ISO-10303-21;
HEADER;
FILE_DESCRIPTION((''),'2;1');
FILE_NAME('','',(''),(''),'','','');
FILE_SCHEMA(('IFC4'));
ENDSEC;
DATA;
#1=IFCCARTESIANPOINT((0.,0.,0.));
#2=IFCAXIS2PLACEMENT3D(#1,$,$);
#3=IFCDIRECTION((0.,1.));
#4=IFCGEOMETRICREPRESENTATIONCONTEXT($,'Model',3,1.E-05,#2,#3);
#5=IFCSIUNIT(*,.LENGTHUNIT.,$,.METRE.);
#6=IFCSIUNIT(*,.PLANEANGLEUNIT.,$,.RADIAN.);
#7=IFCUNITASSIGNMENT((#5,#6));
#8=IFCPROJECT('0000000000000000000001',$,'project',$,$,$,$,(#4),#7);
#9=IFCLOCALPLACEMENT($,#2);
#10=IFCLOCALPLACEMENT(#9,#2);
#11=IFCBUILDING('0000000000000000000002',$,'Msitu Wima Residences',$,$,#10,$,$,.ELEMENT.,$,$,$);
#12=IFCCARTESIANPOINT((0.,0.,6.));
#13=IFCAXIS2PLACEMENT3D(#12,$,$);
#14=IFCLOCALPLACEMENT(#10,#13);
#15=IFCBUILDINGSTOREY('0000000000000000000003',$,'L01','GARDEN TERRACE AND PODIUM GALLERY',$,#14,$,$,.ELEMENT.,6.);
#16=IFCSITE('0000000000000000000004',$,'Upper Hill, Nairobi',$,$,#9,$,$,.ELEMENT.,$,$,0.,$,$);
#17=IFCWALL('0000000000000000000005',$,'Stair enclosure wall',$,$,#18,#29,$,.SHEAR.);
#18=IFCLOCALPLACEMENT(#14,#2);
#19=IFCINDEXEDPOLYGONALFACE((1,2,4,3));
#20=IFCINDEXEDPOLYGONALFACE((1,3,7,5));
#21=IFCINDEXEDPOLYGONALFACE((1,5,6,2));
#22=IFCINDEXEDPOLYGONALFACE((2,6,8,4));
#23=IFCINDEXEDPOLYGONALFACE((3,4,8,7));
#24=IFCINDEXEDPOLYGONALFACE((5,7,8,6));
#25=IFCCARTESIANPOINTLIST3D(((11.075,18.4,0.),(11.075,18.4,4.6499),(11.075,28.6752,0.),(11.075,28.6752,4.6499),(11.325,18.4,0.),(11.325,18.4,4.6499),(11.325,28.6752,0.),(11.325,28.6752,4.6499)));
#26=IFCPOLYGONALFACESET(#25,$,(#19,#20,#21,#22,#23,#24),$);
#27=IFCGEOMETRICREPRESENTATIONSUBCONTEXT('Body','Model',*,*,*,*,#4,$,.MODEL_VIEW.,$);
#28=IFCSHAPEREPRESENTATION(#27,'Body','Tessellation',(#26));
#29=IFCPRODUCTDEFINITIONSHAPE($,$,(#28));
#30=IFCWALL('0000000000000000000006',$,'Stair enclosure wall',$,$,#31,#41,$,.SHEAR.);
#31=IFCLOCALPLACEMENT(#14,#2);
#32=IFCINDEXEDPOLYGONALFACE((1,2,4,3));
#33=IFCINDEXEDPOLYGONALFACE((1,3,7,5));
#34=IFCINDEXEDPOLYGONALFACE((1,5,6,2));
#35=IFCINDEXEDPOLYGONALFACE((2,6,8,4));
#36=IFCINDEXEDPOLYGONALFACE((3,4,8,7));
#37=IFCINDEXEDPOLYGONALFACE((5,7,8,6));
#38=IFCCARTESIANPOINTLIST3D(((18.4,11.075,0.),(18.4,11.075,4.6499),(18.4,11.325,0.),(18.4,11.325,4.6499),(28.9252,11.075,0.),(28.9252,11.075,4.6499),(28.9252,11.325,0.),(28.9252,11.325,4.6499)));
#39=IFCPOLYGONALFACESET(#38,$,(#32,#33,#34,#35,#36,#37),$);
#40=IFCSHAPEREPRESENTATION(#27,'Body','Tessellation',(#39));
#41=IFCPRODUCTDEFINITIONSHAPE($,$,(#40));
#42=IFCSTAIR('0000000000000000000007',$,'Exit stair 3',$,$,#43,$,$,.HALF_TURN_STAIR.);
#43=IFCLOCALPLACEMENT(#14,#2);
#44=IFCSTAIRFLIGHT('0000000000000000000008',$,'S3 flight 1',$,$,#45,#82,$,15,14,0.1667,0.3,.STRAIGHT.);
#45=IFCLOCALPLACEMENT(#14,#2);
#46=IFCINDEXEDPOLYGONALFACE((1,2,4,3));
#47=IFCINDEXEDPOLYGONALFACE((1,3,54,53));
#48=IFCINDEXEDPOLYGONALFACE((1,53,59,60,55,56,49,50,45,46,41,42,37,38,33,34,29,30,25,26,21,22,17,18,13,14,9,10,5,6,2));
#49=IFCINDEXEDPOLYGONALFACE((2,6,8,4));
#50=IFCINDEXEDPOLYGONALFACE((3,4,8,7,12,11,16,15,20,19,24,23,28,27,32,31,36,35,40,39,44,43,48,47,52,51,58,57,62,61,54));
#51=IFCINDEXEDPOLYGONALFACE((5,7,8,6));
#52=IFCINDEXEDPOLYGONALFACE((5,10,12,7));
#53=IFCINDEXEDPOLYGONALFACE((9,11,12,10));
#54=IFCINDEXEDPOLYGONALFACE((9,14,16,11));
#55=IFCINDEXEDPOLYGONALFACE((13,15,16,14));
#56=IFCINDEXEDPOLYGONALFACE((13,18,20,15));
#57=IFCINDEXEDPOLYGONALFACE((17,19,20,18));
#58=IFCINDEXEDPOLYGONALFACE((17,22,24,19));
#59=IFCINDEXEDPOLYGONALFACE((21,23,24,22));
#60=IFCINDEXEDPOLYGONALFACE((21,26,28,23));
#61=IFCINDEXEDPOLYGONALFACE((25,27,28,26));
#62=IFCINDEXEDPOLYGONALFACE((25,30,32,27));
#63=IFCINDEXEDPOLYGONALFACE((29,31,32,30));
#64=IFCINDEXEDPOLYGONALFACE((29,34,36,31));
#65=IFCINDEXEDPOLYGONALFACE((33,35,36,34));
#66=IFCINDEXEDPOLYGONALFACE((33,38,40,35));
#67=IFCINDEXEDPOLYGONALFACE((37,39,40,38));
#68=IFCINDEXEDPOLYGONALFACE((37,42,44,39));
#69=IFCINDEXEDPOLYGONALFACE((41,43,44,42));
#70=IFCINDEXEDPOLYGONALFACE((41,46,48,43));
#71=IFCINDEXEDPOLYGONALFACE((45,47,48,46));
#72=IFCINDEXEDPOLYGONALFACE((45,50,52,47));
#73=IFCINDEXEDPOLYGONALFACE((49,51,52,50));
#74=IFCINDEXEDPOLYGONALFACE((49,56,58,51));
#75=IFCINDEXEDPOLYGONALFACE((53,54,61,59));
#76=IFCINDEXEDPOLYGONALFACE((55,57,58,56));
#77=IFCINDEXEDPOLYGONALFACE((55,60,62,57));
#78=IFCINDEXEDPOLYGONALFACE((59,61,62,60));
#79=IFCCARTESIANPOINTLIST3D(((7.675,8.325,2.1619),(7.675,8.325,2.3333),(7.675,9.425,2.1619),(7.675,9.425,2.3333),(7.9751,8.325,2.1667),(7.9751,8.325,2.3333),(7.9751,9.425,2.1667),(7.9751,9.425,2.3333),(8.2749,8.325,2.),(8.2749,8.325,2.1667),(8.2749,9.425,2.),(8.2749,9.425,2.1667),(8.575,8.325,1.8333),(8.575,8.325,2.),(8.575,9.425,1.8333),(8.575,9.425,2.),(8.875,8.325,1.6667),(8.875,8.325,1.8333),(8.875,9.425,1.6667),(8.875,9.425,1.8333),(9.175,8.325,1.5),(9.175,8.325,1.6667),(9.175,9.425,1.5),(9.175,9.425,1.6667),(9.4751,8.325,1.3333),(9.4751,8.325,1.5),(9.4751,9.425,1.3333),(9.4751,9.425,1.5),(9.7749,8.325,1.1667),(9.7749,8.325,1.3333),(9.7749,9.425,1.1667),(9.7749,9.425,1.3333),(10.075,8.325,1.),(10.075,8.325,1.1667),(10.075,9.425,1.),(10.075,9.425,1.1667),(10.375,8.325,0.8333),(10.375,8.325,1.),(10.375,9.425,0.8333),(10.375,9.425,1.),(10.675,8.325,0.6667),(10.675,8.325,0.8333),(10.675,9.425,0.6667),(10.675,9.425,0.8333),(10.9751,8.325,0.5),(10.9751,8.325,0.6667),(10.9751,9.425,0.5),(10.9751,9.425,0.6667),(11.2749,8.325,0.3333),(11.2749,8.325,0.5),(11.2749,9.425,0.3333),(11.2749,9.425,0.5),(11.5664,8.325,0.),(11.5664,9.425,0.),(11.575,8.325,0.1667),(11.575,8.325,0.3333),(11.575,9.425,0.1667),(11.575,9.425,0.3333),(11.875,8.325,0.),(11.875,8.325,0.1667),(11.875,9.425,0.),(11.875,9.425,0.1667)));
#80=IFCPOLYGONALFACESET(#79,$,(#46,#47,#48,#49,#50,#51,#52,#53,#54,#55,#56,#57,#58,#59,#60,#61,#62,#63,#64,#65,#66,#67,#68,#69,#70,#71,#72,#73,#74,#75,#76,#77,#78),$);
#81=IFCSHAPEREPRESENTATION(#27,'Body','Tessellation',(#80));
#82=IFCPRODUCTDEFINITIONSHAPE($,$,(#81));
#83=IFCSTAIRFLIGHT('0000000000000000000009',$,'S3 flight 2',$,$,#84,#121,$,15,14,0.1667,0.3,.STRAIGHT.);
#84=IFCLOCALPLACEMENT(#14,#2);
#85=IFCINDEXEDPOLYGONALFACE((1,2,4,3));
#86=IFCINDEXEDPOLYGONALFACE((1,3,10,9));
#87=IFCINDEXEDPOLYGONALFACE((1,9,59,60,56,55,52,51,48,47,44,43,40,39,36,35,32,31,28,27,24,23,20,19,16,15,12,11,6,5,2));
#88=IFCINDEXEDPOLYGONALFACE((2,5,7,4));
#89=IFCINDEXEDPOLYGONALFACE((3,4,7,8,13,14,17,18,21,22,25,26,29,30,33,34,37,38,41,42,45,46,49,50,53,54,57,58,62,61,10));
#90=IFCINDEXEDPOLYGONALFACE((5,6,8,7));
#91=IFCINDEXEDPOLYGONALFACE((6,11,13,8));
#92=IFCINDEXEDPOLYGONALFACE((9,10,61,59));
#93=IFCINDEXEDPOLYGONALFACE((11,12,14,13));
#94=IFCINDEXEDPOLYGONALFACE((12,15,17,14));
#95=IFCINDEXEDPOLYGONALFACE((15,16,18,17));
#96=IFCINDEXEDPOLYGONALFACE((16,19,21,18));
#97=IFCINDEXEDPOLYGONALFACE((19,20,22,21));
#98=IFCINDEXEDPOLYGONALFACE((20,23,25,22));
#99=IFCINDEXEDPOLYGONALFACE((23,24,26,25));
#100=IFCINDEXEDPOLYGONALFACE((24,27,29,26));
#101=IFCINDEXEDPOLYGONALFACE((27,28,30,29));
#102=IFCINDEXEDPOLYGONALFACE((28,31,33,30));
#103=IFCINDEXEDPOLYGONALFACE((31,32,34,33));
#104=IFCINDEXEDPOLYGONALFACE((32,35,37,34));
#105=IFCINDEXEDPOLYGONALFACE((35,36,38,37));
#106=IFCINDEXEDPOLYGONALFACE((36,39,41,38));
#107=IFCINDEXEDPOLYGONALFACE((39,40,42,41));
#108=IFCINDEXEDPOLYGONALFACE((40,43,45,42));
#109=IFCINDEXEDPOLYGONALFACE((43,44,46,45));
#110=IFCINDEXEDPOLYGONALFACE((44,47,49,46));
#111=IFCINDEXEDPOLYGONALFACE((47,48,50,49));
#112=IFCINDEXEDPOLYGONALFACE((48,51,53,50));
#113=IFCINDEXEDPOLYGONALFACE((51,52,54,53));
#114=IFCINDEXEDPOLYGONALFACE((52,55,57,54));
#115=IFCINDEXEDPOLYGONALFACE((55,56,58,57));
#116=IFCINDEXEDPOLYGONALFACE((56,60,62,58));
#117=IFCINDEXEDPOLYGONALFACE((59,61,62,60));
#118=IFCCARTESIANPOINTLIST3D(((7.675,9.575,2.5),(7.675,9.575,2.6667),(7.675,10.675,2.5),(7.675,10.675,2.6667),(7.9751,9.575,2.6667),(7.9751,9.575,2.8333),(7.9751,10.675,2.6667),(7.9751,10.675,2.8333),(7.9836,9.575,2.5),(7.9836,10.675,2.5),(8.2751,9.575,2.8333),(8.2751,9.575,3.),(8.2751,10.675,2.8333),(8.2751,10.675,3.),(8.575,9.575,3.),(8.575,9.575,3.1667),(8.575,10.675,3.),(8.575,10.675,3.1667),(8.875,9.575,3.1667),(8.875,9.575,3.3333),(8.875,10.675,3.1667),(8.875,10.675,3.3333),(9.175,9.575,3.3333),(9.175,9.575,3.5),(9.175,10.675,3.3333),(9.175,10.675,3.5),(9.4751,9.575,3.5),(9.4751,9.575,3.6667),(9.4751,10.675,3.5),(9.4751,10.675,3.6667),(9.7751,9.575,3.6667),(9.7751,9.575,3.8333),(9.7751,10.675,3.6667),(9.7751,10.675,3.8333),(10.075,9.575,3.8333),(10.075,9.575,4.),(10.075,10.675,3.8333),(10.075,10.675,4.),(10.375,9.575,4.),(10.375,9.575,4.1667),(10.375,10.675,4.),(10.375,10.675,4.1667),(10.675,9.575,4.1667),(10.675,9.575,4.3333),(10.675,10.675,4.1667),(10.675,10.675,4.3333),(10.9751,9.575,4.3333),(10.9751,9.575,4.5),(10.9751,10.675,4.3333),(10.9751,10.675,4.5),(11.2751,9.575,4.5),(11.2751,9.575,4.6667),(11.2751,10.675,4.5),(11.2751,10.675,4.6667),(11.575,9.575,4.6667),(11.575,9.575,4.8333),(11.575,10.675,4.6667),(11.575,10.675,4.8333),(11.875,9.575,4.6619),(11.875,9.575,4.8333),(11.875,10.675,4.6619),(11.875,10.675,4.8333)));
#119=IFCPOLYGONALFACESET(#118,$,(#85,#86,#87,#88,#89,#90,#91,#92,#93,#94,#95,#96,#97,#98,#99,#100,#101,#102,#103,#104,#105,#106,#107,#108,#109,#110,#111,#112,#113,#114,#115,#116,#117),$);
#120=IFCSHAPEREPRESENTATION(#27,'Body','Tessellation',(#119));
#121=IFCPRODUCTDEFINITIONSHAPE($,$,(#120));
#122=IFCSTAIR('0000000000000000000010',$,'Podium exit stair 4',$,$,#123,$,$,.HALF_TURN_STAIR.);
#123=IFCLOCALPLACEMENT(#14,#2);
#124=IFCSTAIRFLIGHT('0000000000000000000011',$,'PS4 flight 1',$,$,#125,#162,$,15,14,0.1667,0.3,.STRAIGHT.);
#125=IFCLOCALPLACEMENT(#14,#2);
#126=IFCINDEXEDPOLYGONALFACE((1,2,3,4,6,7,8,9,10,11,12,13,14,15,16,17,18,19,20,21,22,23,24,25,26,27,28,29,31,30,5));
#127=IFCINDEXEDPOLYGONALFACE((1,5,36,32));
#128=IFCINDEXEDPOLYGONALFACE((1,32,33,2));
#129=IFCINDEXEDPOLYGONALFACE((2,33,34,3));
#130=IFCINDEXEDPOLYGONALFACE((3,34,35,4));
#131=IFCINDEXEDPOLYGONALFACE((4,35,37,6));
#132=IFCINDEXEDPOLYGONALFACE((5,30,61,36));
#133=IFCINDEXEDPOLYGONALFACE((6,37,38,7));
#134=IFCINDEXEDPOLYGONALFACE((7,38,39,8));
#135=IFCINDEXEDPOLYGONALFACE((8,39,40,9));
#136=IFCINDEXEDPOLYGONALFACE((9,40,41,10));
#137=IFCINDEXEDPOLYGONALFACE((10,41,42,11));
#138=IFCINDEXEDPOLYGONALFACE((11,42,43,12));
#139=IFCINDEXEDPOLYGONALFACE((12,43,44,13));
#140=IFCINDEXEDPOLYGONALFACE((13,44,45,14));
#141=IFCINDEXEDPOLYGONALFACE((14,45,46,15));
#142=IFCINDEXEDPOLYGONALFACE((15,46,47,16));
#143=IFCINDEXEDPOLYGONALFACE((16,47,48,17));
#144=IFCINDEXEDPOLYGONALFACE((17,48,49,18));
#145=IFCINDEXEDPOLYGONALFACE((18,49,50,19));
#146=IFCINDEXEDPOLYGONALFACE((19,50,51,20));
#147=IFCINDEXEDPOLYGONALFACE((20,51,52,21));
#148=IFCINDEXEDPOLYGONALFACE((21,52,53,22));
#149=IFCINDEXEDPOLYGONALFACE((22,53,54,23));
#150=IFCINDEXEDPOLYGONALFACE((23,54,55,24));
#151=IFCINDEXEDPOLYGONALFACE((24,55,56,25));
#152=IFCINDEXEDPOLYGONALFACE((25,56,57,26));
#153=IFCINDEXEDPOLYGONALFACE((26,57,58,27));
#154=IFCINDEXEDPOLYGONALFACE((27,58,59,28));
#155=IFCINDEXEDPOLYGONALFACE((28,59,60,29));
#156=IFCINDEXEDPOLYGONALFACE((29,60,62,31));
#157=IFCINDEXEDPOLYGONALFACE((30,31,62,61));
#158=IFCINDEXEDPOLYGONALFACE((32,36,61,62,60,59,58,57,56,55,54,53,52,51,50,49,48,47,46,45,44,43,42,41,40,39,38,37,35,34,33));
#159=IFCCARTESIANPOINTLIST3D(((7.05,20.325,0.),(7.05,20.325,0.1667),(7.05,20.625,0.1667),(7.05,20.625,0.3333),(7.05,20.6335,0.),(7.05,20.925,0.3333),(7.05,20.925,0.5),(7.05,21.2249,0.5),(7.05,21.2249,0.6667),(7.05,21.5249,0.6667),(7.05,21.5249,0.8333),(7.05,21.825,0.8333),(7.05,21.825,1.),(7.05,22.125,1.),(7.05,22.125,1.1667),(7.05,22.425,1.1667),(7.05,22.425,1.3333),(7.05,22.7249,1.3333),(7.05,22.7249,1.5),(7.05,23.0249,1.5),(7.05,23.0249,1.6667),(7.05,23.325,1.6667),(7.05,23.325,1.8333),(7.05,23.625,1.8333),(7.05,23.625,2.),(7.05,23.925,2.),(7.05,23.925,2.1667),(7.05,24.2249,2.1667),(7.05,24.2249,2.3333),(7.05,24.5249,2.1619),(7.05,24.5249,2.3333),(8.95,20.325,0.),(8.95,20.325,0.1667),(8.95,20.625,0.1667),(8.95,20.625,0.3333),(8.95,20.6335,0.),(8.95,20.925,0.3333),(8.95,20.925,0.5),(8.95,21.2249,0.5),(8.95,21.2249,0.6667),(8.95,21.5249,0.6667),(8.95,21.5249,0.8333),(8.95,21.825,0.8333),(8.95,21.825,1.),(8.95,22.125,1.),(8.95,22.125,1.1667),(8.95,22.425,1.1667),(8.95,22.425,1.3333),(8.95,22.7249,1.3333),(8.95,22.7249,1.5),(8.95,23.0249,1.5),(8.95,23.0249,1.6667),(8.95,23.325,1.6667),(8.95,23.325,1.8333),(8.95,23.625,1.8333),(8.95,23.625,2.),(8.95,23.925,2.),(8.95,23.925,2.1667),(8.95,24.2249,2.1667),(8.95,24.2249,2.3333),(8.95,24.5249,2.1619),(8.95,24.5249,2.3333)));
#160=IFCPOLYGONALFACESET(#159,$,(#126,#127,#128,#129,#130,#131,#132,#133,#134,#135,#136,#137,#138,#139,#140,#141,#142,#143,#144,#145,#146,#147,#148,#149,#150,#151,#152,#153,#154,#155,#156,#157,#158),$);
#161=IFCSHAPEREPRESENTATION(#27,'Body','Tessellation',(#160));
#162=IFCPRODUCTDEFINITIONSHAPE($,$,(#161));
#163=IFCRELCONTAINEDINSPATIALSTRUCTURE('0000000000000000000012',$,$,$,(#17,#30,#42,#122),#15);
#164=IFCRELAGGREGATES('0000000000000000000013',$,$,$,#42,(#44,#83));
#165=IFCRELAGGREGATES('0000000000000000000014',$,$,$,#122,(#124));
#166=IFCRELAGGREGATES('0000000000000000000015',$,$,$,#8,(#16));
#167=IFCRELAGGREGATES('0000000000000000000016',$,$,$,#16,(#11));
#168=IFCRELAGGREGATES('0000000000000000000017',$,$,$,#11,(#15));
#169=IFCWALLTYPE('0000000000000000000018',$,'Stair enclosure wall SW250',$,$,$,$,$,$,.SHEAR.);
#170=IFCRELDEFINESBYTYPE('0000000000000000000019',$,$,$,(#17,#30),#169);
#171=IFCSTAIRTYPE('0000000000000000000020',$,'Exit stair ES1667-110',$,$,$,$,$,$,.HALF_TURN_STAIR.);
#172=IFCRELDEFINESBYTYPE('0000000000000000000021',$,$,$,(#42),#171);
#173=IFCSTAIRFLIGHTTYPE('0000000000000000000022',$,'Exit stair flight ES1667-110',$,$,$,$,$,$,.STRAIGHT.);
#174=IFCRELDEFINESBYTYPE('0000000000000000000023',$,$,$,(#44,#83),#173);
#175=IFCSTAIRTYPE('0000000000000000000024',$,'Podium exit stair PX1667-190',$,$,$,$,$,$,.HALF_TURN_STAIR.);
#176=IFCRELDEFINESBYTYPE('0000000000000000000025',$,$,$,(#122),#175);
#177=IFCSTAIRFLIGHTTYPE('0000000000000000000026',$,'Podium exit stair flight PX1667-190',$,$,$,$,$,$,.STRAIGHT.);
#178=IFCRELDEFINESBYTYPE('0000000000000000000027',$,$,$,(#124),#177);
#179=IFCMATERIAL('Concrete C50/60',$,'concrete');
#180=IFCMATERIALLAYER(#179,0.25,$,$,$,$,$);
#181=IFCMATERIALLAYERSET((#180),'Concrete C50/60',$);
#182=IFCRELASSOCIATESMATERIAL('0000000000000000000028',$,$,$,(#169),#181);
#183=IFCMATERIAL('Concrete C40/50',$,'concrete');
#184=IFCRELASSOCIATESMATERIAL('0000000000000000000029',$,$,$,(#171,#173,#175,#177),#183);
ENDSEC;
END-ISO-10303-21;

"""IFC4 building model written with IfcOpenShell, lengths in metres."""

from ifc_helpers import new_model, si_unit, direction, frame, frame_2d, origin, place, context, subcontext, project, spatial, polyline, rectangle, outline, extrude, material, layer, layer_set, type_object, element, aggregate, save


model = new_model("IFC4")

# Units and contexts
model_context = context("Model", 3, precision=1e-05, world=origin(), true_north=direction((0.0, 1.0)))
body_context = subcontext(model_context, "Body", "Model", "MODEL_VIEW")
ifc_project = project(units=[si_unit("LENGTHUNIT", "METRE"), si_unit("PLANEANGLEUNIT", "RADIAN")], contexts=[model_context])

# Site, building, storey
site_placement = place(None, origin())
site = spatial("IfcSite", under=ifc_project, at=site_placement, Name="Upper Hill, Nairobi", CompositionType="ELEMENT", RefElevation=0.0)
building_placement = place(site_placement, origin())
building = spatial("IfcBuilding", under=site, at=building_placement, Name="Msitu Wima Residences", CompositionType="ELEMENT")
storey_placement = place(building_placement, frame((0.0, 0.0, 6.0)))
storey = spatial("IfcBuildingStorey", under=building, at=storey_placement, Name="L01", Description="GARDEN TERRACE AND PODIUM GALLERY", CompositionType="ELEMENT", Elevation=6.0)

# Shared definitions
ifc_material_1 = material(Name="Concrete C40/50", Category="concrete")

# Shared definitions
ifc_material_2 = material(Name="Concrete C50/60", Category="concrete")
ifc_layer_1 = layer(ifc_material_2, 0.25)
ifc_layer_set_1 = layer_set([ifc_layer_1], Name="Concrete C50/60")
wall_type_1 = type_object("IfcWallType", Name="Stair enclosure wall SW250", PredefinedType="SHEAR", material=ifc_layer_set_1)

# Walls
wall_1_placement = place(storey_placement, frame((11.2, 18.3999, 0.0), z_axis=(0.0, 0.0, 1.0), x_axis=(0.0, 1.0, 0.0)))
element("IfcWall", 1, at=wall_1_placement, inside=storey, type_object=wall_type_1, Name="Stair enclosure wall", PredefinedType="SHEAR", context=body_context, shape_type="SweptSolid", body=[
    extrude(rectangle(XDim=10.2751, YDim=0.25, at=frame_2d((5.1377, 0.0))), origin(), (0.0, 0.0, 1.0), 4.6499),
])
wall_2_placement = place(storey_placement, frame((18.3999, 11.2, 0.0), z_axis=(0.0, 0.0, 1.0), x_axis=(1.0, 0.0, 0.0)))
element("IfcWall", 2, at=wall_2_placement, inside=storey, type_object=wall_type_1, Name="Stair enclosure wall", PredefinedType="SHEAR", context=body_context, shape_type="SweptSolid", body=[
    extrude(rectangle(XDim=10.5251, YDim=0.25, at=frame_2d((5.2627, 0.0))), origin(), (0.0, 0.0, 1.0), 4.6499),
])

# Stairs, stair flights
stair_type_1 = type_object("IfcStairType", Name="Exit stair ES1667-110", PredefinedType="HALF_TURN_STAIR", material=ifc_material_1)
stair_1_placement = place(storey_placement, origin())
stair_1 = element("IfcStair", 3, at=stair_1_placement, inside=storey, type_object=stair_type_1, Name="Exit stair 3", PredefinedType="HALF_TURN_STAIR")
stair_flight_type_1 = type_object("IfcStairFlightType", Name="Exit stair flight ES1667-110", PredefinedType="STRAIGHT", material=ifc_material_1)
stair_flight_1_placement = place(storey_placement, frame((11.875, 8.875, 0.0), z_axis=(0.0, 0.0, 1.0), x_axis=(-1.0, 0.0, 0.0)))
stair_flight_1 = element("IfcStairFlight", 4, at=stair_flight_1_placement, type_object=stair_flight_type_1, Name="S3 flight 1", NumberOfRisers=15, NumberOfTreads=14, PredefinedType="STRAIGHT", RiserHeight=0.1667, TreadLength=0.3, context=body_context, shape_type="SweptSolid", body=[
    extrude(outline(polyline([(0.0, 0.0), (0.0, 0.1667), (0.3, 0.1667), (0.3, 0.3333), (0.6001, 0.3333), (0.6001, 0.5), (0.8999, 0.5), (0.8999, 0.6667), (1.2, 0.6667), (1.2, 0.8333), (1.5, 0.8333), (1.5, 1.0), (1.8, 1.0), (1.8, 1.1667), (2.1001, 1.1667), (2.1001, 1.3333), (2.3999, 1.3333), (2.3999, 1.5), (2.7, 1.5), (2.7, 1.6667), (3.0, 1.6667), (3.0, 1.8333), (3.3, 1.8333), (3.3, 2.0), (3.6001, 2.0), (3.6001, 2.1667), (3.8999, 2.1667), (3.8999, 2.3333), (4.2, 2.3333), (4.2, 2.5), (4.2, 2.1619), (0.3086, 0.0), (0.0, 0.0)])), frame((0.0, 0.55, 0.0), z_axis=(0.0, -1.0, 0.0), x_axis=(1.0, 0.0, 0.0)), (0.0, 0.0, 1.0), 1.1001),
])
stair_flight_2_placement = place(storey_placement, frame((7.675, 10.125, 2.5), z_axis=(0.0, 0.0, 1.0), x_axis=(1.0, 0.0, 0.0)))
stair_flight_2 = element("IfcStairFlight", 5, at=stair_flight_2_placement, type_object=stair_flight_type_1, Name="S3 flight 2", NumberOfRisers=15, NumberOfTreads=14, PredefinedType="STRAIGHT", RiserHeight=0.1667, TreadLength=0.3, context=body_context, shape_type="SweptSolid", body=[
    extrude(outline(polyline([(0.0, 0.0), (0.0, 0.1667), (0.3, 0.1667), (0.3, 0.3333), (0.6001, 0.3333), (0.6001, 0.5), (0.8999, 0.5), (0.8999, 0.6667), (1.2, 0.6667), (1.2, 0.8333), (1.5, 0.8333), (1.5, 1.0), (1.8, 1.0), (1.8, 1.1667), (2.1001, 1.1667), (2.1001, 1.3333), (2.3999, 1.3333), (2.3999, 1.5), (2.7, 1.5), (2.7, 1.6667), (3.0, 1.6667), (3.0, 1.8333), (3.3, 1.8333), (3.3, 2.0), (3.6001, 2.0), (3.6001, 2.1667), (3.8999, 2.1667), (3.8999, 2.3333), (4.2, 2.3333), (4.2, 2.5), (4.2, 2.1619), (0.3086, 0.0), (0.0, 0.0)])), frame((0.0, 0.55, 0.0), z_axis=(0.0, -1.0, 0.0), x_axis=(1.0, 0.0, 0.0)), (0.0, 0.0, 1.0), 1.1001),
])
aggregate(stair_1, [stair_flight_1, stair_flight_2])
stair_type_2 = type_object("IfcStairType", Name="Podium exit stair PX1667-190", PredefinedType="HALF_TURN_STAIR", material=ifc_material_1)
stair_2_placement = place(storey_placement, origin())
stair_2 = element("IfcStair", 6, at=stair_2_placement, inside=storey, type_object=stair_type_2, Name="Podium exit stair 4", PredefinedType="HALF_TURN_STAIR")
stair_flight_type_2 = type_object("IfcStairFlightType", Name="Podium exit stair flight PX1667-190", PredefinedType="STRAIGHT", material=ifc_material_1)
stair_flight_3_placement = place(storey_placement, frame((8.0, 20.325, 0.0), z_axis=(0.0, 0.0, 1.0), x_axis=(0.0, 1.0, 0.0)))
stair_flight_3 = element("IfcStairFlight", 7, at=stair_flight_3_placement, type_object=stair_flight_type_2, Name="PS4 flight 1", NumberOfRisers=15, NumberOfTreads=14, PredefinedType="STRAIGHT", RiserHeight=0.1667, TreadLength=0.3, context=body_context, shape_type="SweptSolid", body=[
    extrude(outline(polyline([(0.0, 0.0), (0.0, 0.1667), (0.3, 0.1667), (0.3, 0.3333), (0.6001, 0.3333), (0.6001, 0.5), (0.8999, 0.5), (0.8999, 0.6667), (1.2, 0.6667), (1.2, 0.8333), (1.5, 0.8333), (1.5, 1.0), (1.8, 1.0), (1.8, 1.1667), (2.1001, 1.1667), (2.1001, 1.3333), (2.3999, 1.3333), (2.3999, 1.5), (2.7, 1.5), (2.7, 1.6667), (3.0, 1.6667), (3.0, 1.8333), (3.3, 1.8333), (3.3, 2.0), (3.6001, 2.0), (3.6001, 2.1667), (3.8999, 2.1667), (3.8999, 2.3333), (4.2, 2.3333), (4.2, 2.5), (4.2, 2.1619), (0.3086, 0.0), (0.0, 0.0)])), frame((0.0, 0.95, 0.0), z_axis=(0.0, -1.0, 0.0), x_axis=(1.0, 0.0, 0.0)), (0.0, 0.0, 1.0), 1.8999),
])
aggregate(stair_2, [stair_flight_3])

save(model, "model.ifc")
